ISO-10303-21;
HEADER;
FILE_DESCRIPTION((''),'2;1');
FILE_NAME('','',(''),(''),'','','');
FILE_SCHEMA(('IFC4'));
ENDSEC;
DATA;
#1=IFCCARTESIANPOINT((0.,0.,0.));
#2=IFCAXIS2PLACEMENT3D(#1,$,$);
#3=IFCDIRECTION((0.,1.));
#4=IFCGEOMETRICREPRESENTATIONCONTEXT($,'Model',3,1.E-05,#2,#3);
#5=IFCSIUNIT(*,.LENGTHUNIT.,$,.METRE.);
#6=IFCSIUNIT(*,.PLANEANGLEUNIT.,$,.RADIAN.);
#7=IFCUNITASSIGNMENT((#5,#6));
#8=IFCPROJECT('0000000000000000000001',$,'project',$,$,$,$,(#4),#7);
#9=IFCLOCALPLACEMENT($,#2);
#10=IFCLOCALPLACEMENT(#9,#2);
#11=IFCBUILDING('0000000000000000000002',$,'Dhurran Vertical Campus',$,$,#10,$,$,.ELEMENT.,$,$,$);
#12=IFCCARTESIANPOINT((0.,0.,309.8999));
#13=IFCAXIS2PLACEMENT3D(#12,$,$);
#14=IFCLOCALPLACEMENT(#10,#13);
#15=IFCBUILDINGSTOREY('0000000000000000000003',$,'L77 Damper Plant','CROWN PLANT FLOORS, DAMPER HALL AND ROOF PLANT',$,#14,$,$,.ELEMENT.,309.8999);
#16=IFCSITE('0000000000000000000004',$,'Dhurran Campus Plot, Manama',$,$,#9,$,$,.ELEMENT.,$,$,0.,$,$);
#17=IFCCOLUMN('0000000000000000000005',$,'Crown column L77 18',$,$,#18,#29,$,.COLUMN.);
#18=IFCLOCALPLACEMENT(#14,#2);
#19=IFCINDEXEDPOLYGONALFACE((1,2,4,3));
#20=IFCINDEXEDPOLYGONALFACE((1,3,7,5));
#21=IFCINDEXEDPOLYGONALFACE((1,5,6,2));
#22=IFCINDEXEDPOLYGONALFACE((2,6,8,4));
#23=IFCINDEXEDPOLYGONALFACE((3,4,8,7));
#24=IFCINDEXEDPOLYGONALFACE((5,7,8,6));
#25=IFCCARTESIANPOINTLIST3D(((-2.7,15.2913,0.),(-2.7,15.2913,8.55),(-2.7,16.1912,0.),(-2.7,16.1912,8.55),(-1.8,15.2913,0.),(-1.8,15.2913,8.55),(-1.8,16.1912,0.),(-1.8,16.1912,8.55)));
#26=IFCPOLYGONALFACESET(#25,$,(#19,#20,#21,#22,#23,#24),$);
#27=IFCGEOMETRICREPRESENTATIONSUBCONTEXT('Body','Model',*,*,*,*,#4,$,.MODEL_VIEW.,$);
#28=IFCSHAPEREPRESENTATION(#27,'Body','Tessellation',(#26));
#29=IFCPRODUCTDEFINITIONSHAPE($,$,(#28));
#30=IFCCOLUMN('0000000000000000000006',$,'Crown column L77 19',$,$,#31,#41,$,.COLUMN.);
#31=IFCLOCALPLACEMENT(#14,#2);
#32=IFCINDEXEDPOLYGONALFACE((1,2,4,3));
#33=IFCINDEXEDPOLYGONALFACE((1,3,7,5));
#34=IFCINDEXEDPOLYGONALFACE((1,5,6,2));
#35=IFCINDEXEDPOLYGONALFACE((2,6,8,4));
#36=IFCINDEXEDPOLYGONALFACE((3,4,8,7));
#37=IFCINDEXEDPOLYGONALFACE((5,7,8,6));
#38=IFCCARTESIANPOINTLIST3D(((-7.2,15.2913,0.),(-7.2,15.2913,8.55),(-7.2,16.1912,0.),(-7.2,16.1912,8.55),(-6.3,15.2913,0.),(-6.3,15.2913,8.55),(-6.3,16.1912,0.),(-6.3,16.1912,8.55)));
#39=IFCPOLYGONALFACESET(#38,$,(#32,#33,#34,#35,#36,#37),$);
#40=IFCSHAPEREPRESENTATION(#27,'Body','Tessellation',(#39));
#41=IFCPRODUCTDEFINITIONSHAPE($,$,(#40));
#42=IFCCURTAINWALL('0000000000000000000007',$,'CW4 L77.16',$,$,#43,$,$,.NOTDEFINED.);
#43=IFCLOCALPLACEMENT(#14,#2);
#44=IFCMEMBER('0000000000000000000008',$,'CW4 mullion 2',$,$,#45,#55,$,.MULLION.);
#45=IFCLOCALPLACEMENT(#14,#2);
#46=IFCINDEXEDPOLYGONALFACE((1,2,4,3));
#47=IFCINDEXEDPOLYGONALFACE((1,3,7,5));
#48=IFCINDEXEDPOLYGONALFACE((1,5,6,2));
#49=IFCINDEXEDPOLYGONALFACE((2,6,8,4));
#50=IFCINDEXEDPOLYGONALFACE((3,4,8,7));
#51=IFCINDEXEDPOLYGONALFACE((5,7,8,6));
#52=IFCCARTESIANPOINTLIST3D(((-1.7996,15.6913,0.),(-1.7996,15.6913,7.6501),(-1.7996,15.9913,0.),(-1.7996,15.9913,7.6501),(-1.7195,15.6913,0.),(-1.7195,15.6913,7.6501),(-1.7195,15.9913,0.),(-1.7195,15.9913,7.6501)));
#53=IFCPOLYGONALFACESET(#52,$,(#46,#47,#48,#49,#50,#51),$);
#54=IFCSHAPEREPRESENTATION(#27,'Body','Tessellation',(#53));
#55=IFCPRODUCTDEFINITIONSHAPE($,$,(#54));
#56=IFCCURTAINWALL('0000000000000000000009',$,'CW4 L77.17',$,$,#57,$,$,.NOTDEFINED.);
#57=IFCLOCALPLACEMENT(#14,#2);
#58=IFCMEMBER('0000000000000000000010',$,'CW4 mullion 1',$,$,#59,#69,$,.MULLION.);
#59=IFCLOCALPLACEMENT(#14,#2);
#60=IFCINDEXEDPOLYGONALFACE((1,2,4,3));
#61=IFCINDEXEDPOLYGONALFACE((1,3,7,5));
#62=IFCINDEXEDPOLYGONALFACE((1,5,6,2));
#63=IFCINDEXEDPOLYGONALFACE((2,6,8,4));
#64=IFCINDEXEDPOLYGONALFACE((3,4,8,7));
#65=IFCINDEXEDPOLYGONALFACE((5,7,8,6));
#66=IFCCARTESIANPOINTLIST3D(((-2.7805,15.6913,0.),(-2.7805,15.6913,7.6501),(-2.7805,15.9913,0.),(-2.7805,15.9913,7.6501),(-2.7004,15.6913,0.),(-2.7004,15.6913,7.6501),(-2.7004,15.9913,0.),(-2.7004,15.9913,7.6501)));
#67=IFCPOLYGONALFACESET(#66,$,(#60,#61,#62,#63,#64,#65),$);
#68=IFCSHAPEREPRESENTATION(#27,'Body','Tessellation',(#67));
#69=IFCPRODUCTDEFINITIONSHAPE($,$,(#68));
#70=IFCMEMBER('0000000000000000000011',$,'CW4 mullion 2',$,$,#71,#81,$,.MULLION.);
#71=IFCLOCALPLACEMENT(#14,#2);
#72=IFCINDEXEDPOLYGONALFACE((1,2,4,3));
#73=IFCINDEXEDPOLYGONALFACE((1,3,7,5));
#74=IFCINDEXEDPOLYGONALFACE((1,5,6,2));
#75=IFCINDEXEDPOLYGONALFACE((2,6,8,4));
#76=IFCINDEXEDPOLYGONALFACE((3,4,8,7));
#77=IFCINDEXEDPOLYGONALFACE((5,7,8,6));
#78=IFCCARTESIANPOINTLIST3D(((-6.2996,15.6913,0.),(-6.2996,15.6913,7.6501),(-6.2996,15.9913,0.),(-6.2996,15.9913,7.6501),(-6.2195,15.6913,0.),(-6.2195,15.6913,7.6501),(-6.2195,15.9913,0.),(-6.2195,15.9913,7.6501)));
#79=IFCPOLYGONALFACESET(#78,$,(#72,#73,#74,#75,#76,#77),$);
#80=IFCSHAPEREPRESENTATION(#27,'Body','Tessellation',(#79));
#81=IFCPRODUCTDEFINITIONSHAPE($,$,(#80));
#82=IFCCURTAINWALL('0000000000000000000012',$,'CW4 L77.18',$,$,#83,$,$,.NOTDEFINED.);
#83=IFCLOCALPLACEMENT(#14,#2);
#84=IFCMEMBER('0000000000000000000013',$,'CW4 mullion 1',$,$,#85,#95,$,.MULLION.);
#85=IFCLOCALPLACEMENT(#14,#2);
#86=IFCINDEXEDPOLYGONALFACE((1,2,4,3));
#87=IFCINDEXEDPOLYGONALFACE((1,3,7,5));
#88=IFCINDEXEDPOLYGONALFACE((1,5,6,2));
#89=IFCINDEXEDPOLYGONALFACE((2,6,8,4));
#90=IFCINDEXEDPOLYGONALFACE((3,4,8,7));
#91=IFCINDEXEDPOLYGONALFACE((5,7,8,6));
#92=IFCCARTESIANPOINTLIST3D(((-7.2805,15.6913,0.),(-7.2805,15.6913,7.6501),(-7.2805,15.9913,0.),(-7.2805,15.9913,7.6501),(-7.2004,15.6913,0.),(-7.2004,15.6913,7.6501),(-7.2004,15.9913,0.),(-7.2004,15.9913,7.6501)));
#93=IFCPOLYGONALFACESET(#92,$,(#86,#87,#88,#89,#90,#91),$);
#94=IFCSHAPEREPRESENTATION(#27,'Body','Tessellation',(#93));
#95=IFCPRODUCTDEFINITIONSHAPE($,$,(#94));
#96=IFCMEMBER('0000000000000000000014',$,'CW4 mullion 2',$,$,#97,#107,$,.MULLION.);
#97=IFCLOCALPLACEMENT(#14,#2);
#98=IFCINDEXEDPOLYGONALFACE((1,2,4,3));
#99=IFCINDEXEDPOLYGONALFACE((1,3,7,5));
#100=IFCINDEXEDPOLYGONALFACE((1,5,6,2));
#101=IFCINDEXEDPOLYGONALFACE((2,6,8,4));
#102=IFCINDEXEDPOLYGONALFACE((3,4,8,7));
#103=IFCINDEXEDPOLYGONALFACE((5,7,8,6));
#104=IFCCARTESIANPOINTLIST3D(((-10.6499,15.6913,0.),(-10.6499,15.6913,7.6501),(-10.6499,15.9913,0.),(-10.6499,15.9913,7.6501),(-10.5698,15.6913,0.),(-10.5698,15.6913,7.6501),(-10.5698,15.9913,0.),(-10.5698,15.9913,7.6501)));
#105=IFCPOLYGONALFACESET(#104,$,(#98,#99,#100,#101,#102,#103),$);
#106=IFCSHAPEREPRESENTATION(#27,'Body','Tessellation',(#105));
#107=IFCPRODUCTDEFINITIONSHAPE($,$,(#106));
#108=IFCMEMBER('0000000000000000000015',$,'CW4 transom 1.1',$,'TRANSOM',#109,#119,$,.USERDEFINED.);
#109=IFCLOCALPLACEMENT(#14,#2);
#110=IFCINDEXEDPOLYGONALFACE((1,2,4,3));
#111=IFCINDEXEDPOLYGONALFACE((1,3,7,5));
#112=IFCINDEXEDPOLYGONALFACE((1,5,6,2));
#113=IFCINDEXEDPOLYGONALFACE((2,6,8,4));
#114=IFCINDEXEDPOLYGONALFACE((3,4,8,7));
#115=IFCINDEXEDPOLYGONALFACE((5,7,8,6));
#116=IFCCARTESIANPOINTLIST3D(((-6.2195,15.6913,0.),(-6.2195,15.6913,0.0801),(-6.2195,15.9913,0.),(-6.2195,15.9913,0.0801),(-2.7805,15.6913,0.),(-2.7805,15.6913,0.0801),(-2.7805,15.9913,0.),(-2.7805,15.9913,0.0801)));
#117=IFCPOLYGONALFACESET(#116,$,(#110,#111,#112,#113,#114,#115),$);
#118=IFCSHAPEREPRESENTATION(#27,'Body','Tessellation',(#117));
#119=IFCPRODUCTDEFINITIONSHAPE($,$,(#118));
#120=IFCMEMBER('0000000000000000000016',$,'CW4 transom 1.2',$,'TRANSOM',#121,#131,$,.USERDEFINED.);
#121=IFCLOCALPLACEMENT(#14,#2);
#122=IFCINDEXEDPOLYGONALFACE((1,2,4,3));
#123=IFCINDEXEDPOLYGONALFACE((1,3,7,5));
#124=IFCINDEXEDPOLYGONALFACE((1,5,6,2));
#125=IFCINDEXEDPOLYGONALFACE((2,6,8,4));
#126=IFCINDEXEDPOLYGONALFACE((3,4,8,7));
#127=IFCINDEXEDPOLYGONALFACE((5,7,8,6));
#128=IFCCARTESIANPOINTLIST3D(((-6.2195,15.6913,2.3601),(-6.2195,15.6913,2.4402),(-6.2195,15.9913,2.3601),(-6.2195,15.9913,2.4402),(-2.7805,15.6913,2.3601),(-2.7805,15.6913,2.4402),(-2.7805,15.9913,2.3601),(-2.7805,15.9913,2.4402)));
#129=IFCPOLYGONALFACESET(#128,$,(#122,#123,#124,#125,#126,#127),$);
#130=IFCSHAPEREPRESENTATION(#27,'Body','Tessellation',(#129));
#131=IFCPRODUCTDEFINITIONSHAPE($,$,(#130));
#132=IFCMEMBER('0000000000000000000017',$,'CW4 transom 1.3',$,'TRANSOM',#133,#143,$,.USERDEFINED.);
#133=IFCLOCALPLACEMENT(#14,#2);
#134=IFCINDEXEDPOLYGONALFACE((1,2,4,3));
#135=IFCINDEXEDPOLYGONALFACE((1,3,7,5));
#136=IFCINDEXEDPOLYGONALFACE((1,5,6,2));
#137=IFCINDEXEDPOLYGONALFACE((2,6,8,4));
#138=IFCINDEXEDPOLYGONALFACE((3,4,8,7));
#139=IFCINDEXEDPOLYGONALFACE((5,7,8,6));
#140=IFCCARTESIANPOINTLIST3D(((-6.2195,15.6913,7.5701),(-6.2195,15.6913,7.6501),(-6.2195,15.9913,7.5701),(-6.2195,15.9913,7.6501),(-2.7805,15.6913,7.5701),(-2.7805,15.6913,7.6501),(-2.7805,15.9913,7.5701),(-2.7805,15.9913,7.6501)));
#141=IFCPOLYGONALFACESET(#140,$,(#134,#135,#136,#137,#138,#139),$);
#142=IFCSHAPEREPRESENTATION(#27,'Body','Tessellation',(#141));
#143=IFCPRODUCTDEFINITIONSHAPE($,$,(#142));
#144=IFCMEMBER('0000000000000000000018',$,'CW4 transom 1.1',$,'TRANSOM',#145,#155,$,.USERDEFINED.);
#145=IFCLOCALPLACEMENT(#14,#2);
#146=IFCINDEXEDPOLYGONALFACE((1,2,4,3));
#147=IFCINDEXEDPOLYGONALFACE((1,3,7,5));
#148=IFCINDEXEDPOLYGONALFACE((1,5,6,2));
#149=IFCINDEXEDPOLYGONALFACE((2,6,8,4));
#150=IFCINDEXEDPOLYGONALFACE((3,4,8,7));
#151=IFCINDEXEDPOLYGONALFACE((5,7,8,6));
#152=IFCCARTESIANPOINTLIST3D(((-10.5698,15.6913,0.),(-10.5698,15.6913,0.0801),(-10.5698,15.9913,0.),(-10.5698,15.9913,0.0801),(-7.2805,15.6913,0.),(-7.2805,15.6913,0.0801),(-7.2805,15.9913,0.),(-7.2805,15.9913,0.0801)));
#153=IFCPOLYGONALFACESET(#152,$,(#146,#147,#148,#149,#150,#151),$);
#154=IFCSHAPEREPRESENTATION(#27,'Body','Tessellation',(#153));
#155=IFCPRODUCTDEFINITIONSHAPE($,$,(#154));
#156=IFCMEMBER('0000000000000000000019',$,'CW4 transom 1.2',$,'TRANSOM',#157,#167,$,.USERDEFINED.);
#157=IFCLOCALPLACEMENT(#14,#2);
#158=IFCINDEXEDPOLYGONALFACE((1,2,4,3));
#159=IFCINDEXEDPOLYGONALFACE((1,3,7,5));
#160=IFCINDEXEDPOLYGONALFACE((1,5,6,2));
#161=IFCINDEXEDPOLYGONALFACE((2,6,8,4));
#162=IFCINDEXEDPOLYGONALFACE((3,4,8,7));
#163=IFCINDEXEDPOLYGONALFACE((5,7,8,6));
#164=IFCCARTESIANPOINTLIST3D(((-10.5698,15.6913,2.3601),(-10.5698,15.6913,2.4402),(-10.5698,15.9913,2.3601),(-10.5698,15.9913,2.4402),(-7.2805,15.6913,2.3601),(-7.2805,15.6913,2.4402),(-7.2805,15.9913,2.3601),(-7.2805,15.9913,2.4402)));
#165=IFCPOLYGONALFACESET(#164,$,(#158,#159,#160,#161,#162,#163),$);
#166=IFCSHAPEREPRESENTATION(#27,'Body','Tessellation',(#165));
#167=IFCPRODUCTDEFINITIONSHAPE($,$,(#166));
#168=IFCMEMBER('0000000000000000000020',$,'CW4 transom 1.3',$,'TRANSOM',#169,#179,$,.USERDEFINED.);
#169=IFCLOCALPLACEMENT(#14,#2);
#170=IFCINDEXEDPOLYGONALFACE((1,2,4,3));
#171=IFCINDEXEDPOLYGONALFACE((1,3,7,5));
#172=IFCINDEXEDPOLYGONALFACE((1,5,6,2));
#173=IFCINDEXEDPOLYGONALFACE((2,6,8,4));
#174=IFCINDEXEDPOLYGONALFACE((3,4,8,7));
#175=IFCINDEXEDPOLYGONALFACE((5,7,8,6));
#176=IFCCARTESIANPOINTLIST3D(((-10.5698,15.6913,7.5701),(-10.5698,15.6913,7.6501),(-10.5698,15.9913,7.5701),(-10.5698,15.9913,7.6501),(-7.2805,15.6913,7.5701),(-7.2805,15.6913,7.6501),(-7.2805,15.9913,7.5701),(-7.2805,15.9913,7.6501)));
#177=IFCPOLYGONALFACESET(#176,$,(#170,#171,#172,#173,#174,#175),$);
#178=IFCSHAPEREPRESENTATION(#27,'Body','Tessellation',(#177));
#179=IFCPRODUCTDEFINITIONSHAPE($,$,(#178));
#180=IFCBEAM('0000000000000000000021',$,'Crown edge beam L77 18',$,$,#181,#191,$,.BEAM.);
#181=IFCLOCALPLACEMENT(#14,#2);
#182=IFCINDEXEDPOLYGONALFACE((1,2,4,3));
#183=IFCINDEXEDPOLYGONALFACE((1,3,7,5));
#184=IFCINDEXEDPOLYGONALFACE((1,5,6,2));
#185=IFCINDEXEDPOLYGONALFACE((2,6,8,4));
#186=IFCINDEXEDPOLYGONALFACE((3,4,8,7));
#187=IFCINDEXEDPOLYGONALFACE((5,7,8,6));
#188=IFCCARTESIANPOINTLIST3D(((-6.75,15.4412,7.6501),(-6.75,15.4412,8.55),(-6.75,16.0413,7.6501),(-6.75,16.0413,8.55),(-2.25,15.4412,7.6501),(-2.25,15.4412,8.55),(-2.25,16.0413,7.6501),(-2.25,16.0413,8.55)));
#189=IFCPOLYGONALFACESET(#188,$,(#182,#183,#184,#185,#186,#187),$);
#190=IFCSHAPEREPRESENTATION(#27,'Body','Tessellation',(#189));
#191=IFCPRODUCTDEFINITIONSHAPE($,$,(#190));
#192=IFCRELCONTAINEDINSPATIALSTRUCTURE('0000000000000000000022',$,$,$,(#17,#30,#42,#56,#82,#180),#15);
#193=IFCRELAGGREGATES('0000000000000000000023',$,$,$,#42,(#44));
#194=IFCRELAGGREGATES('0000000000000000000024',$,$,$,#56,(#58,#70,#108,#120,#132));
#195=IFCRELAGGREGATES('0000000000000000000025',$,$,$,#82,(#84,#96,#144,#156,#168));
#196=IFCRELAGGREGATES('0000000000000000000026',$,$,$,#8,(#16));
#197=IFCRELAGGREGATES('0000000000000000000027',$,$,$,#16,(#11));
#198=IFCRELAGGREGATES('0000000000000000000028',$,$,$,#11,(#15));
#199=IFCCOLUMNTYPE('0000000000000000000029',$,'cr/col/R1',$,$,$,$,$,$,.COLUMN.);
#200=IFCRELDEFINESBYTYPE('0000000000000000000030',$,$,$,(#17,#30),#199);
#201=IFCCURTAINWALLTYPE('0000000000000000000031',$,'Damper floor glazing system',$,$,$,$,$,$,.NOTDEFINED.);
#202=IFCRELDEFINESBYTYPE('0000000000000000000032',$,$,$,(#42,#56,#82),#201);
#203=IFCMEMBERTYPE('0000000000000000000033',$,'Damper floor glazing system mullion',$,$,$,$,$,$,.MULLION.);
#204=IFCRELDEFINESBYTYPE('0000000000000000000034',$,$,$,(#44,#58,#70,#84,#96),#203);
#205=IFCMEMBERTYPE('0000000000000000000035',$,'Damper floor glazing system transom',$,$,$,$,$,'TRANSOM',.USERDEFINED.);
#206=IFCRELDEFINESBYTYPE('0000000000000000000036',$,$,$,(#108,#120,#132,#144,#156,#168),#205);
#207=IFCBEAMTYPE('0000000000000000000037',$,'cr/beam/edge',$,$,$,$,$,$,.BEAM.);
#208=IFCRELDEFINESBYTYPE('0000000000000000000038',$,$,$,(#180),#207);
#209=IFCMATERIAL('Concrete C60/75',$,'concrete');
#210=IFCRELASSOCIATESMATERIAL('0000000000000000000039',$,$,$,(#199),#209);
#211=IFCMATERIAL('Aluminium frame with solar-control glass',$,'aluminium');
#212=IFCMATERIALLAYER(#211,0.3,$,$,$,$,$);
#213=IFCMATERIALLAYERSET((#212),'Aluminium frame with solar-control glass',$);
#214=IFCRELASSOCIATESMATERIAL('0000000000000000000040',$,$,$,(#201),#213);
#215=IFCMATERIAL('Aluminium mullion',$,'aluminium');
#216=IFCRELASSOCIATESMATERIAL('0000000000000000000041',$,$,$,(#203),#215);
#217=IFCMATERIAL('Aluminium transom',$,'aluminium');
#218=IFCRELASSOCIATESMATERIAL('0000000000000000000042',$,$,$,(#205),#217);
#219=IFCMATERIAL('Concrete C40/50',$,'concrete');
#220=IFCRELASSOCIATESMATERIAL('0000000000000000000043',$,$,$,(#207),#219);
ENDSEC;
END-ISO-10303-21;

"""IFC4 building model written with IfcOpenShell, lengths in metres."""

from ifc_helpers import new_model, si_unit, direction, frame, origin, origin_2d, place, context, subcontext, project, spatial, rectangle, extrude, material, layer, layer_set, material_profile, profile_set, type_object, element, aggregate, save


model = new_model("IFC4")

# Units and contexts
model_context = context("Model", 3, precision=1e-05, world=origin(), true_north=direction((0.0, 1.0)))
body_context = subcontext(model_context, "Body", "Model", "MODEL_VIEW")
ifc_project = project(units=[si_unit("LENGTHUNIT", "METRE"), si_unit("PLANEANGLEUNIT", "RADIAN")], contexts=[model_context])

# Site, building, storey
site_placement = place(None, origin())
site = spatial("IfcSite", under=ifc_project, at=site_placement, Name="Dhurran Campus Plot, Manama", CompositionType="ELEMENT", RefElevation=0.0)
building_placement = place(site_placement, origin())
building = spatial("IfcBuilding", under=site, at=building_placement, Name="Dhurran Vertical Campus", CompositionType="ELEMENT")
storey_placement = place(building_placement, frame((0.0, 0.0, 309.8999)))
storey = spatial("IfcBuildingStorey", under=building, at=storey_placement, Name="L77 Damper Plant", Description="CROWN PLANT FLOORS, DAMPER HALL AND ROOF PLANT", CompositionType="ELEMENT", Elevation=309.8999)

# Columns
ifc_material_1 = material(Name="Concrete C60/75", Category="concrete")
ifc_material_profile_1 = material_profile(ifc_material_1, rectangle(XDim=0.8999, YDim=0.8999, at=origin_2d()), Name="cr/col/R1")
ifc_profile_set_1 = profile_set([ifc_material_profile_1], Name="Concrete C60/75")
column_type = type_object("IfcColumnType", Name="cr/col/R1", PredefinedType="COLUMN", material=ifc_profile_set_1)
for number, where, z_axis, x_axis, name in (
    (1, (-2.25, 15.7412, 0.0), (0.0, 0.0, 1.0), (-1.0, 0.0, 0.0), "Crown column L77 18"),
    (2, (-6.75, 15.7412, 0.0), (0.0, 0.0, 1.0), (-1.0, 0.0, 0.0), "Crown column L77 19"),
):
    element("IfcColumn", number, at=place(storey_placement, frame(where, z_axis=z_axis, x_axis=x_axis)), inside=storey, type_object=column_type, Name=name, PredefinedType="COLUMN", context=body_context, shape_type="SweptSolid", body=[
        extrude(rectangle(XDim=0.8999, YDim=0.8999, at=origin_2d()), origin(), (0.0, 0.0, 1.0), 8.55),
    ])

# Curtain wall, member
ifc_material_2 = material(Name="Aluminium frame with solar-control glass", Category="aluminium")
ifc_layer_1 = layer(ifc_material_2, 0.3)
ifc_layer_set_1 = layer_set([ifc_layer_1], Name="Aluminium frame with solar-control glass")
curtain_wall_type = type_object("IfcCurtainWallType", Name="Damper floor glazing system", PredefinedType="NOTDEFINED", material=ifc_layer_set_1)
curtain_wall_1_placement = place(storey_placement, origin())
curtain_wall_1 = element("IfcCurtainWall", 3, at=curtain_wall_1_placement, inside=storey, type_object=curtain_wall_type, Name="CW4 L77.16", PredefinedType="NOTDEFINED")
ifc_material_3 = material(Name="Aluminium mullion", Category="aluminium")
ifc_material_profile_2 = material_profile(ifc_material_3, rectangle(XDim=0.3, YDim=0.0801, at=origin_2d()), Name="Damper floor glazing system mullion")
ifc_profile_set_2 = profile_set([ifc_material_profile_2], Name="Aluminium mullion")
member_type_1 = type_object("IfcMemberType", Name="Damper floor glazing system mullion", PredefinedType="MULLION", material=ifc_profile_set_2)
member_1_placement = place(storey_placement, frame((-1.7595, 15.8413, 0.0), z_axis=(0.0, 0.0, 1.0), x_axis=(0.0, -1.0, 0.0)))
member_1 = element("IfcMember", 4, at=member_1_placement, type_object=member_type_1, Name="CW4 mullion 2", PredefinedType="MULLION", context=body_context, shape_type="SweptSolid", body=[
    extrude(rectangle(XDim=0.3, YDim=0.0801, at=origin_2d()), origin(), (0.0, 0.0, 1.0), 7.6501),
])

# Curtain walls, members
curtain_wall_2_placement = place(storey_placement, origin())
curtain_wall_2 = element("IfcCurtainWall", 5, at=curtain_wall_2_placement, inside=storey, type_object=curtain_wall_type, Name="CW4 L77.17", PredefinedType="NOTDEFINED")
member_2_placement = place(storey_placement, frame((-2.7405, 15.8413, 0.0), z_axis=(0.0, 0.0, 1.0), x_axis=(0.0, -1.0, 0.0)))
member_2 = element("IfcMember", 6, at=member_2_placement, type_object=member_type_1, Name="CW4 mullion 1", PredefinedType="MULLION", context=body_context, shape_type="SweptSolid", body=[
    extrude(rectangle(XDim=0.3, YDim=0.0801, at=origin_2d()), origin(), (0.0, 0.0, 1.0), 7.6501),
])
member_3_placement = place(storey_placement, frame((-6.2595, 15.8413, 0.0), z_axis=(0.0, 0.0, 1.0), x_axis=(0.0, -1.0, 0.0)))
member_3 = element("IfcMember", 7, at=member_3_placement, type_object=member_type_1, Name="CW4 mullion 2", PredefinedType="MULLION", context=body_context, shape_type="SweptSolid", body=[
    extrude(rectangle(XDim=0.3, YDim=0.0801, at=origin_2d()), origin(), (0.0, 0.0, 1.0), 7.6501),
])
curtain_wall_3_placement = place(storey_placement, origin())
curtain_wall_3 = element("IfcCurtainWall", 8, at=curtain_wall_3_placement, inside=storey, type_object=curtain_wall_type, Name="CW4 L77.18", PredefinedType="NOTDEFINED")
member_4_placement = place(storey_placement, frame((-7.2405, 15.8413, 0.0), z_axis=(0.0, 0.0, 1.0), x_axis=(0.0, -1.0, 0.0)))
member_4 = element("IfcMember", 9, at=member_4_placement, type_object=member_type_1, Name="CW4 mullion 1", PredefinedType="MULLION", context=body_context, shape_type="SweptSolid", body=[
    extrude(rectangle(XDim=0.3, YDim=0.0801, at=origin_2d()), origin(), (0.0, 0.0, 1.0), 7.6501),
])
member_5_placement = place(storey_placement, frame((-10.6099, 15.8413, 0.0), z_axis=(0.0, 0.0, 1.0), x_axis=(0.0, -1.0, 0.0)))
member_5 = element("IfcMember", 10, at=member_5_placement, type_object=member_type_1, Name="CW4 mullion 2", PredefinedType="MULLION", context=body_context, shape_type="SweptSolid", body=[
    extrude(rectangle(XDim=0.3, YDim=0.0801, at=origin_2d()), origin(), (0.0, 0.0, 1.0), 7.6501),
])

# Members
ifc_material_4 = material(Name="Aluminium transom", Category="aluminium")
ifc_material_profile_3 = material_profile(ifc_material_4, rectangle(XDim=0.3, YDim=0.0801, at=origin_2d()), Name="Damper floor glazing system transom")
ifc_profile_set_3 = profile_set([ifc_material_profile_3], Name="Aluminium transom")
member_type_2 = type_object("IfcMemberType", Name="Damper floor glazing system transom", ElementType="TRANSOM", PredefinedType="USERDEFINED", material=ifc_profile_set_3)
member_6_placement = place(storey_placement, frame((-2.7805, 15.8413, 0.04), z_axis=(-1.0, 0.0, 0.0), x_axis=(0.0, -1.0, 0.0)))
member_6 = element("IfcMember", 11, at=member_6_placement, type_object=member_type_2, Name="CW4 transom 1.1", ObjectType="TRANSOM", PredefinedType="USERDEFINED", context=body_context, shape_type="SweptSolid", body=[
    extrude(rectangle(XDim=0.3, YDim=0.0801, at=origin_2d()), origin(), (0.0, 0.0, 1.0), 3.439),
])
member_7_placement = place(storey_placement, frame((-2.7805, 15.8413, 2.4001), z_axis=(-1.0, 0.0, 0.0), x_axis=(0.0, -1.0, 0.0)))
member_7 = element("IfcMember", 12, at=member_7_placement, type_object=member_type_2, Name="CW4 transom 1.2", ObjectType="TRANSOM", PredefinedType="USERDEFINED", context=body_context, shape_type="SweptSolid", body=[
    extrude(rectangle(XDim=0.3, YDim=0.0801, at=origin_2d()), origin(), (0.0, 0.0, 1.0), 3.439),
])
member_8_placement = place(storey_placement, frame((-2.7805, 15.8413, 7.6101), z_axis=(-1.0, 0.0, 0.0), x_axis=(0.0, -1.0, 0.0)))
member_8 = element("IfcMember", 13, at=member_8_placement, type_object=member_type_2, Name="CW4 transom 1.3", ObjectType="TRANSOM", PredefinedType="USERDEFINED", context=body_context, shape_type="SweptSolid", body=[
    extrude(rectangle(XDim=0.3, YDim=0.0801, at=origin_2d()), origin(), (0.0, 0.0, 1.0), 3.439),
])
member_9_placement = place(storey_placement, frame((-7.2805, 15.8413, 0.04), z_axis=(-1.0, 0.0, 0.0), x_axis=(0.0, -1.0, 0.0)))
member_9 = element("IfcMember", 14, at=member_9_placement, type_object=member_type_2, Name="CW4 transom 1.1", ObjectType="TRANSOM", PredefinedType="USERDEFINED", context=body_context, shape_type="SweptSolid", body=[
    extrude(rectangle(XDim=0.3, YDim=0.0801, at=origin_2d()), origin(), (0.0, 0.0, 1.0), 3.2893),
])
member_10_placement = place(storey_placement, frame((-7.2805, 15.8413, 2.4001), z_axis=(-1.0, 0.0, 0.0), x_axis=(0.0, -1.0, 0.0)))
member_10 = element("IfcMember", 15, at=member_10_placement, type_object=member_type_2, Name="CW4 transom 1.2", ObjectType="TRANSOM", PredefinedType="USERDEFINED", context=body_context, shape_type="SweptSolid", body=[
    extrude(rectangle(XDim=0.3, YDim=0.0801, at=origin_2d()), origin(), (0.0, 0.0, 1.0), 3.2893),
])
member_11_placement = place(storey_placement, frame((-7.2805, 15.8413, 7.6101), z_axis=(-1.0, 0.0, 0.0), x_axis=(0.0, -1.0, 0.0)))
member_11 = element("IfcMember", 16, at=member_11_placement, type_object=member_type_2, Name="CW4 transom 1.3", ObjectType="TRANSOM", PredefinedType="USERDEFINED", context=body_context, shape_type="SweptSolid", body=[
    extrude(rectangle(XDim=0.3, YDim=0.0801, at=origin_2d()), origin(), (0.0, 0.0, 1.0), 3.2893),
])

# Beam
ifc_material_5 = material(Name="Concrete C40/50", Category="concrete")
ifc_material_profile_4 = material_profile(ifc_material_5, rectangle(XDim=0.6001, YDim=0.8999, at=origin_2d()), Name="cr/beam/edge")
ifc_profile_set_4 = profile_set([ifc_material_profile_4], Name="Concrete C40/50")
beam_type = type_object("IfcBeamType", Name="cr/beam/edge", PredefinedType="BEAM", material=ifc_profile_set_4)
beam_1_placement = place(storey_placement, frame((-2.25, 15.7412, 8.1001), z_axis=(-1.0, 0.0, 0.0), x_axis=(0.0, -1.0, 0.0)))
element("IfcBeam", 17, at=beam_1_placement, inside=storey, type_object=beam_type, Name="Crown edge beam L77 18", PredefinedType="BEAM", context=body_context, shape_type="SweptSolid", body=[
    extrude(rectangle(XDim=0.6001, YDim=0.8999, at=origin_2d()), origin(), (0.0, 0.0, 1.0), 4.5),
])

aggregate(curtain_wall_1, [member_1])
aggregate(curtain_wall_2, [member_2, member_3, member_6, member_7, member_8])
aggregate(curtain_wall_3, [member_4, member_5, member_9, member_10, member_11])

save(model, "model.ifc")
